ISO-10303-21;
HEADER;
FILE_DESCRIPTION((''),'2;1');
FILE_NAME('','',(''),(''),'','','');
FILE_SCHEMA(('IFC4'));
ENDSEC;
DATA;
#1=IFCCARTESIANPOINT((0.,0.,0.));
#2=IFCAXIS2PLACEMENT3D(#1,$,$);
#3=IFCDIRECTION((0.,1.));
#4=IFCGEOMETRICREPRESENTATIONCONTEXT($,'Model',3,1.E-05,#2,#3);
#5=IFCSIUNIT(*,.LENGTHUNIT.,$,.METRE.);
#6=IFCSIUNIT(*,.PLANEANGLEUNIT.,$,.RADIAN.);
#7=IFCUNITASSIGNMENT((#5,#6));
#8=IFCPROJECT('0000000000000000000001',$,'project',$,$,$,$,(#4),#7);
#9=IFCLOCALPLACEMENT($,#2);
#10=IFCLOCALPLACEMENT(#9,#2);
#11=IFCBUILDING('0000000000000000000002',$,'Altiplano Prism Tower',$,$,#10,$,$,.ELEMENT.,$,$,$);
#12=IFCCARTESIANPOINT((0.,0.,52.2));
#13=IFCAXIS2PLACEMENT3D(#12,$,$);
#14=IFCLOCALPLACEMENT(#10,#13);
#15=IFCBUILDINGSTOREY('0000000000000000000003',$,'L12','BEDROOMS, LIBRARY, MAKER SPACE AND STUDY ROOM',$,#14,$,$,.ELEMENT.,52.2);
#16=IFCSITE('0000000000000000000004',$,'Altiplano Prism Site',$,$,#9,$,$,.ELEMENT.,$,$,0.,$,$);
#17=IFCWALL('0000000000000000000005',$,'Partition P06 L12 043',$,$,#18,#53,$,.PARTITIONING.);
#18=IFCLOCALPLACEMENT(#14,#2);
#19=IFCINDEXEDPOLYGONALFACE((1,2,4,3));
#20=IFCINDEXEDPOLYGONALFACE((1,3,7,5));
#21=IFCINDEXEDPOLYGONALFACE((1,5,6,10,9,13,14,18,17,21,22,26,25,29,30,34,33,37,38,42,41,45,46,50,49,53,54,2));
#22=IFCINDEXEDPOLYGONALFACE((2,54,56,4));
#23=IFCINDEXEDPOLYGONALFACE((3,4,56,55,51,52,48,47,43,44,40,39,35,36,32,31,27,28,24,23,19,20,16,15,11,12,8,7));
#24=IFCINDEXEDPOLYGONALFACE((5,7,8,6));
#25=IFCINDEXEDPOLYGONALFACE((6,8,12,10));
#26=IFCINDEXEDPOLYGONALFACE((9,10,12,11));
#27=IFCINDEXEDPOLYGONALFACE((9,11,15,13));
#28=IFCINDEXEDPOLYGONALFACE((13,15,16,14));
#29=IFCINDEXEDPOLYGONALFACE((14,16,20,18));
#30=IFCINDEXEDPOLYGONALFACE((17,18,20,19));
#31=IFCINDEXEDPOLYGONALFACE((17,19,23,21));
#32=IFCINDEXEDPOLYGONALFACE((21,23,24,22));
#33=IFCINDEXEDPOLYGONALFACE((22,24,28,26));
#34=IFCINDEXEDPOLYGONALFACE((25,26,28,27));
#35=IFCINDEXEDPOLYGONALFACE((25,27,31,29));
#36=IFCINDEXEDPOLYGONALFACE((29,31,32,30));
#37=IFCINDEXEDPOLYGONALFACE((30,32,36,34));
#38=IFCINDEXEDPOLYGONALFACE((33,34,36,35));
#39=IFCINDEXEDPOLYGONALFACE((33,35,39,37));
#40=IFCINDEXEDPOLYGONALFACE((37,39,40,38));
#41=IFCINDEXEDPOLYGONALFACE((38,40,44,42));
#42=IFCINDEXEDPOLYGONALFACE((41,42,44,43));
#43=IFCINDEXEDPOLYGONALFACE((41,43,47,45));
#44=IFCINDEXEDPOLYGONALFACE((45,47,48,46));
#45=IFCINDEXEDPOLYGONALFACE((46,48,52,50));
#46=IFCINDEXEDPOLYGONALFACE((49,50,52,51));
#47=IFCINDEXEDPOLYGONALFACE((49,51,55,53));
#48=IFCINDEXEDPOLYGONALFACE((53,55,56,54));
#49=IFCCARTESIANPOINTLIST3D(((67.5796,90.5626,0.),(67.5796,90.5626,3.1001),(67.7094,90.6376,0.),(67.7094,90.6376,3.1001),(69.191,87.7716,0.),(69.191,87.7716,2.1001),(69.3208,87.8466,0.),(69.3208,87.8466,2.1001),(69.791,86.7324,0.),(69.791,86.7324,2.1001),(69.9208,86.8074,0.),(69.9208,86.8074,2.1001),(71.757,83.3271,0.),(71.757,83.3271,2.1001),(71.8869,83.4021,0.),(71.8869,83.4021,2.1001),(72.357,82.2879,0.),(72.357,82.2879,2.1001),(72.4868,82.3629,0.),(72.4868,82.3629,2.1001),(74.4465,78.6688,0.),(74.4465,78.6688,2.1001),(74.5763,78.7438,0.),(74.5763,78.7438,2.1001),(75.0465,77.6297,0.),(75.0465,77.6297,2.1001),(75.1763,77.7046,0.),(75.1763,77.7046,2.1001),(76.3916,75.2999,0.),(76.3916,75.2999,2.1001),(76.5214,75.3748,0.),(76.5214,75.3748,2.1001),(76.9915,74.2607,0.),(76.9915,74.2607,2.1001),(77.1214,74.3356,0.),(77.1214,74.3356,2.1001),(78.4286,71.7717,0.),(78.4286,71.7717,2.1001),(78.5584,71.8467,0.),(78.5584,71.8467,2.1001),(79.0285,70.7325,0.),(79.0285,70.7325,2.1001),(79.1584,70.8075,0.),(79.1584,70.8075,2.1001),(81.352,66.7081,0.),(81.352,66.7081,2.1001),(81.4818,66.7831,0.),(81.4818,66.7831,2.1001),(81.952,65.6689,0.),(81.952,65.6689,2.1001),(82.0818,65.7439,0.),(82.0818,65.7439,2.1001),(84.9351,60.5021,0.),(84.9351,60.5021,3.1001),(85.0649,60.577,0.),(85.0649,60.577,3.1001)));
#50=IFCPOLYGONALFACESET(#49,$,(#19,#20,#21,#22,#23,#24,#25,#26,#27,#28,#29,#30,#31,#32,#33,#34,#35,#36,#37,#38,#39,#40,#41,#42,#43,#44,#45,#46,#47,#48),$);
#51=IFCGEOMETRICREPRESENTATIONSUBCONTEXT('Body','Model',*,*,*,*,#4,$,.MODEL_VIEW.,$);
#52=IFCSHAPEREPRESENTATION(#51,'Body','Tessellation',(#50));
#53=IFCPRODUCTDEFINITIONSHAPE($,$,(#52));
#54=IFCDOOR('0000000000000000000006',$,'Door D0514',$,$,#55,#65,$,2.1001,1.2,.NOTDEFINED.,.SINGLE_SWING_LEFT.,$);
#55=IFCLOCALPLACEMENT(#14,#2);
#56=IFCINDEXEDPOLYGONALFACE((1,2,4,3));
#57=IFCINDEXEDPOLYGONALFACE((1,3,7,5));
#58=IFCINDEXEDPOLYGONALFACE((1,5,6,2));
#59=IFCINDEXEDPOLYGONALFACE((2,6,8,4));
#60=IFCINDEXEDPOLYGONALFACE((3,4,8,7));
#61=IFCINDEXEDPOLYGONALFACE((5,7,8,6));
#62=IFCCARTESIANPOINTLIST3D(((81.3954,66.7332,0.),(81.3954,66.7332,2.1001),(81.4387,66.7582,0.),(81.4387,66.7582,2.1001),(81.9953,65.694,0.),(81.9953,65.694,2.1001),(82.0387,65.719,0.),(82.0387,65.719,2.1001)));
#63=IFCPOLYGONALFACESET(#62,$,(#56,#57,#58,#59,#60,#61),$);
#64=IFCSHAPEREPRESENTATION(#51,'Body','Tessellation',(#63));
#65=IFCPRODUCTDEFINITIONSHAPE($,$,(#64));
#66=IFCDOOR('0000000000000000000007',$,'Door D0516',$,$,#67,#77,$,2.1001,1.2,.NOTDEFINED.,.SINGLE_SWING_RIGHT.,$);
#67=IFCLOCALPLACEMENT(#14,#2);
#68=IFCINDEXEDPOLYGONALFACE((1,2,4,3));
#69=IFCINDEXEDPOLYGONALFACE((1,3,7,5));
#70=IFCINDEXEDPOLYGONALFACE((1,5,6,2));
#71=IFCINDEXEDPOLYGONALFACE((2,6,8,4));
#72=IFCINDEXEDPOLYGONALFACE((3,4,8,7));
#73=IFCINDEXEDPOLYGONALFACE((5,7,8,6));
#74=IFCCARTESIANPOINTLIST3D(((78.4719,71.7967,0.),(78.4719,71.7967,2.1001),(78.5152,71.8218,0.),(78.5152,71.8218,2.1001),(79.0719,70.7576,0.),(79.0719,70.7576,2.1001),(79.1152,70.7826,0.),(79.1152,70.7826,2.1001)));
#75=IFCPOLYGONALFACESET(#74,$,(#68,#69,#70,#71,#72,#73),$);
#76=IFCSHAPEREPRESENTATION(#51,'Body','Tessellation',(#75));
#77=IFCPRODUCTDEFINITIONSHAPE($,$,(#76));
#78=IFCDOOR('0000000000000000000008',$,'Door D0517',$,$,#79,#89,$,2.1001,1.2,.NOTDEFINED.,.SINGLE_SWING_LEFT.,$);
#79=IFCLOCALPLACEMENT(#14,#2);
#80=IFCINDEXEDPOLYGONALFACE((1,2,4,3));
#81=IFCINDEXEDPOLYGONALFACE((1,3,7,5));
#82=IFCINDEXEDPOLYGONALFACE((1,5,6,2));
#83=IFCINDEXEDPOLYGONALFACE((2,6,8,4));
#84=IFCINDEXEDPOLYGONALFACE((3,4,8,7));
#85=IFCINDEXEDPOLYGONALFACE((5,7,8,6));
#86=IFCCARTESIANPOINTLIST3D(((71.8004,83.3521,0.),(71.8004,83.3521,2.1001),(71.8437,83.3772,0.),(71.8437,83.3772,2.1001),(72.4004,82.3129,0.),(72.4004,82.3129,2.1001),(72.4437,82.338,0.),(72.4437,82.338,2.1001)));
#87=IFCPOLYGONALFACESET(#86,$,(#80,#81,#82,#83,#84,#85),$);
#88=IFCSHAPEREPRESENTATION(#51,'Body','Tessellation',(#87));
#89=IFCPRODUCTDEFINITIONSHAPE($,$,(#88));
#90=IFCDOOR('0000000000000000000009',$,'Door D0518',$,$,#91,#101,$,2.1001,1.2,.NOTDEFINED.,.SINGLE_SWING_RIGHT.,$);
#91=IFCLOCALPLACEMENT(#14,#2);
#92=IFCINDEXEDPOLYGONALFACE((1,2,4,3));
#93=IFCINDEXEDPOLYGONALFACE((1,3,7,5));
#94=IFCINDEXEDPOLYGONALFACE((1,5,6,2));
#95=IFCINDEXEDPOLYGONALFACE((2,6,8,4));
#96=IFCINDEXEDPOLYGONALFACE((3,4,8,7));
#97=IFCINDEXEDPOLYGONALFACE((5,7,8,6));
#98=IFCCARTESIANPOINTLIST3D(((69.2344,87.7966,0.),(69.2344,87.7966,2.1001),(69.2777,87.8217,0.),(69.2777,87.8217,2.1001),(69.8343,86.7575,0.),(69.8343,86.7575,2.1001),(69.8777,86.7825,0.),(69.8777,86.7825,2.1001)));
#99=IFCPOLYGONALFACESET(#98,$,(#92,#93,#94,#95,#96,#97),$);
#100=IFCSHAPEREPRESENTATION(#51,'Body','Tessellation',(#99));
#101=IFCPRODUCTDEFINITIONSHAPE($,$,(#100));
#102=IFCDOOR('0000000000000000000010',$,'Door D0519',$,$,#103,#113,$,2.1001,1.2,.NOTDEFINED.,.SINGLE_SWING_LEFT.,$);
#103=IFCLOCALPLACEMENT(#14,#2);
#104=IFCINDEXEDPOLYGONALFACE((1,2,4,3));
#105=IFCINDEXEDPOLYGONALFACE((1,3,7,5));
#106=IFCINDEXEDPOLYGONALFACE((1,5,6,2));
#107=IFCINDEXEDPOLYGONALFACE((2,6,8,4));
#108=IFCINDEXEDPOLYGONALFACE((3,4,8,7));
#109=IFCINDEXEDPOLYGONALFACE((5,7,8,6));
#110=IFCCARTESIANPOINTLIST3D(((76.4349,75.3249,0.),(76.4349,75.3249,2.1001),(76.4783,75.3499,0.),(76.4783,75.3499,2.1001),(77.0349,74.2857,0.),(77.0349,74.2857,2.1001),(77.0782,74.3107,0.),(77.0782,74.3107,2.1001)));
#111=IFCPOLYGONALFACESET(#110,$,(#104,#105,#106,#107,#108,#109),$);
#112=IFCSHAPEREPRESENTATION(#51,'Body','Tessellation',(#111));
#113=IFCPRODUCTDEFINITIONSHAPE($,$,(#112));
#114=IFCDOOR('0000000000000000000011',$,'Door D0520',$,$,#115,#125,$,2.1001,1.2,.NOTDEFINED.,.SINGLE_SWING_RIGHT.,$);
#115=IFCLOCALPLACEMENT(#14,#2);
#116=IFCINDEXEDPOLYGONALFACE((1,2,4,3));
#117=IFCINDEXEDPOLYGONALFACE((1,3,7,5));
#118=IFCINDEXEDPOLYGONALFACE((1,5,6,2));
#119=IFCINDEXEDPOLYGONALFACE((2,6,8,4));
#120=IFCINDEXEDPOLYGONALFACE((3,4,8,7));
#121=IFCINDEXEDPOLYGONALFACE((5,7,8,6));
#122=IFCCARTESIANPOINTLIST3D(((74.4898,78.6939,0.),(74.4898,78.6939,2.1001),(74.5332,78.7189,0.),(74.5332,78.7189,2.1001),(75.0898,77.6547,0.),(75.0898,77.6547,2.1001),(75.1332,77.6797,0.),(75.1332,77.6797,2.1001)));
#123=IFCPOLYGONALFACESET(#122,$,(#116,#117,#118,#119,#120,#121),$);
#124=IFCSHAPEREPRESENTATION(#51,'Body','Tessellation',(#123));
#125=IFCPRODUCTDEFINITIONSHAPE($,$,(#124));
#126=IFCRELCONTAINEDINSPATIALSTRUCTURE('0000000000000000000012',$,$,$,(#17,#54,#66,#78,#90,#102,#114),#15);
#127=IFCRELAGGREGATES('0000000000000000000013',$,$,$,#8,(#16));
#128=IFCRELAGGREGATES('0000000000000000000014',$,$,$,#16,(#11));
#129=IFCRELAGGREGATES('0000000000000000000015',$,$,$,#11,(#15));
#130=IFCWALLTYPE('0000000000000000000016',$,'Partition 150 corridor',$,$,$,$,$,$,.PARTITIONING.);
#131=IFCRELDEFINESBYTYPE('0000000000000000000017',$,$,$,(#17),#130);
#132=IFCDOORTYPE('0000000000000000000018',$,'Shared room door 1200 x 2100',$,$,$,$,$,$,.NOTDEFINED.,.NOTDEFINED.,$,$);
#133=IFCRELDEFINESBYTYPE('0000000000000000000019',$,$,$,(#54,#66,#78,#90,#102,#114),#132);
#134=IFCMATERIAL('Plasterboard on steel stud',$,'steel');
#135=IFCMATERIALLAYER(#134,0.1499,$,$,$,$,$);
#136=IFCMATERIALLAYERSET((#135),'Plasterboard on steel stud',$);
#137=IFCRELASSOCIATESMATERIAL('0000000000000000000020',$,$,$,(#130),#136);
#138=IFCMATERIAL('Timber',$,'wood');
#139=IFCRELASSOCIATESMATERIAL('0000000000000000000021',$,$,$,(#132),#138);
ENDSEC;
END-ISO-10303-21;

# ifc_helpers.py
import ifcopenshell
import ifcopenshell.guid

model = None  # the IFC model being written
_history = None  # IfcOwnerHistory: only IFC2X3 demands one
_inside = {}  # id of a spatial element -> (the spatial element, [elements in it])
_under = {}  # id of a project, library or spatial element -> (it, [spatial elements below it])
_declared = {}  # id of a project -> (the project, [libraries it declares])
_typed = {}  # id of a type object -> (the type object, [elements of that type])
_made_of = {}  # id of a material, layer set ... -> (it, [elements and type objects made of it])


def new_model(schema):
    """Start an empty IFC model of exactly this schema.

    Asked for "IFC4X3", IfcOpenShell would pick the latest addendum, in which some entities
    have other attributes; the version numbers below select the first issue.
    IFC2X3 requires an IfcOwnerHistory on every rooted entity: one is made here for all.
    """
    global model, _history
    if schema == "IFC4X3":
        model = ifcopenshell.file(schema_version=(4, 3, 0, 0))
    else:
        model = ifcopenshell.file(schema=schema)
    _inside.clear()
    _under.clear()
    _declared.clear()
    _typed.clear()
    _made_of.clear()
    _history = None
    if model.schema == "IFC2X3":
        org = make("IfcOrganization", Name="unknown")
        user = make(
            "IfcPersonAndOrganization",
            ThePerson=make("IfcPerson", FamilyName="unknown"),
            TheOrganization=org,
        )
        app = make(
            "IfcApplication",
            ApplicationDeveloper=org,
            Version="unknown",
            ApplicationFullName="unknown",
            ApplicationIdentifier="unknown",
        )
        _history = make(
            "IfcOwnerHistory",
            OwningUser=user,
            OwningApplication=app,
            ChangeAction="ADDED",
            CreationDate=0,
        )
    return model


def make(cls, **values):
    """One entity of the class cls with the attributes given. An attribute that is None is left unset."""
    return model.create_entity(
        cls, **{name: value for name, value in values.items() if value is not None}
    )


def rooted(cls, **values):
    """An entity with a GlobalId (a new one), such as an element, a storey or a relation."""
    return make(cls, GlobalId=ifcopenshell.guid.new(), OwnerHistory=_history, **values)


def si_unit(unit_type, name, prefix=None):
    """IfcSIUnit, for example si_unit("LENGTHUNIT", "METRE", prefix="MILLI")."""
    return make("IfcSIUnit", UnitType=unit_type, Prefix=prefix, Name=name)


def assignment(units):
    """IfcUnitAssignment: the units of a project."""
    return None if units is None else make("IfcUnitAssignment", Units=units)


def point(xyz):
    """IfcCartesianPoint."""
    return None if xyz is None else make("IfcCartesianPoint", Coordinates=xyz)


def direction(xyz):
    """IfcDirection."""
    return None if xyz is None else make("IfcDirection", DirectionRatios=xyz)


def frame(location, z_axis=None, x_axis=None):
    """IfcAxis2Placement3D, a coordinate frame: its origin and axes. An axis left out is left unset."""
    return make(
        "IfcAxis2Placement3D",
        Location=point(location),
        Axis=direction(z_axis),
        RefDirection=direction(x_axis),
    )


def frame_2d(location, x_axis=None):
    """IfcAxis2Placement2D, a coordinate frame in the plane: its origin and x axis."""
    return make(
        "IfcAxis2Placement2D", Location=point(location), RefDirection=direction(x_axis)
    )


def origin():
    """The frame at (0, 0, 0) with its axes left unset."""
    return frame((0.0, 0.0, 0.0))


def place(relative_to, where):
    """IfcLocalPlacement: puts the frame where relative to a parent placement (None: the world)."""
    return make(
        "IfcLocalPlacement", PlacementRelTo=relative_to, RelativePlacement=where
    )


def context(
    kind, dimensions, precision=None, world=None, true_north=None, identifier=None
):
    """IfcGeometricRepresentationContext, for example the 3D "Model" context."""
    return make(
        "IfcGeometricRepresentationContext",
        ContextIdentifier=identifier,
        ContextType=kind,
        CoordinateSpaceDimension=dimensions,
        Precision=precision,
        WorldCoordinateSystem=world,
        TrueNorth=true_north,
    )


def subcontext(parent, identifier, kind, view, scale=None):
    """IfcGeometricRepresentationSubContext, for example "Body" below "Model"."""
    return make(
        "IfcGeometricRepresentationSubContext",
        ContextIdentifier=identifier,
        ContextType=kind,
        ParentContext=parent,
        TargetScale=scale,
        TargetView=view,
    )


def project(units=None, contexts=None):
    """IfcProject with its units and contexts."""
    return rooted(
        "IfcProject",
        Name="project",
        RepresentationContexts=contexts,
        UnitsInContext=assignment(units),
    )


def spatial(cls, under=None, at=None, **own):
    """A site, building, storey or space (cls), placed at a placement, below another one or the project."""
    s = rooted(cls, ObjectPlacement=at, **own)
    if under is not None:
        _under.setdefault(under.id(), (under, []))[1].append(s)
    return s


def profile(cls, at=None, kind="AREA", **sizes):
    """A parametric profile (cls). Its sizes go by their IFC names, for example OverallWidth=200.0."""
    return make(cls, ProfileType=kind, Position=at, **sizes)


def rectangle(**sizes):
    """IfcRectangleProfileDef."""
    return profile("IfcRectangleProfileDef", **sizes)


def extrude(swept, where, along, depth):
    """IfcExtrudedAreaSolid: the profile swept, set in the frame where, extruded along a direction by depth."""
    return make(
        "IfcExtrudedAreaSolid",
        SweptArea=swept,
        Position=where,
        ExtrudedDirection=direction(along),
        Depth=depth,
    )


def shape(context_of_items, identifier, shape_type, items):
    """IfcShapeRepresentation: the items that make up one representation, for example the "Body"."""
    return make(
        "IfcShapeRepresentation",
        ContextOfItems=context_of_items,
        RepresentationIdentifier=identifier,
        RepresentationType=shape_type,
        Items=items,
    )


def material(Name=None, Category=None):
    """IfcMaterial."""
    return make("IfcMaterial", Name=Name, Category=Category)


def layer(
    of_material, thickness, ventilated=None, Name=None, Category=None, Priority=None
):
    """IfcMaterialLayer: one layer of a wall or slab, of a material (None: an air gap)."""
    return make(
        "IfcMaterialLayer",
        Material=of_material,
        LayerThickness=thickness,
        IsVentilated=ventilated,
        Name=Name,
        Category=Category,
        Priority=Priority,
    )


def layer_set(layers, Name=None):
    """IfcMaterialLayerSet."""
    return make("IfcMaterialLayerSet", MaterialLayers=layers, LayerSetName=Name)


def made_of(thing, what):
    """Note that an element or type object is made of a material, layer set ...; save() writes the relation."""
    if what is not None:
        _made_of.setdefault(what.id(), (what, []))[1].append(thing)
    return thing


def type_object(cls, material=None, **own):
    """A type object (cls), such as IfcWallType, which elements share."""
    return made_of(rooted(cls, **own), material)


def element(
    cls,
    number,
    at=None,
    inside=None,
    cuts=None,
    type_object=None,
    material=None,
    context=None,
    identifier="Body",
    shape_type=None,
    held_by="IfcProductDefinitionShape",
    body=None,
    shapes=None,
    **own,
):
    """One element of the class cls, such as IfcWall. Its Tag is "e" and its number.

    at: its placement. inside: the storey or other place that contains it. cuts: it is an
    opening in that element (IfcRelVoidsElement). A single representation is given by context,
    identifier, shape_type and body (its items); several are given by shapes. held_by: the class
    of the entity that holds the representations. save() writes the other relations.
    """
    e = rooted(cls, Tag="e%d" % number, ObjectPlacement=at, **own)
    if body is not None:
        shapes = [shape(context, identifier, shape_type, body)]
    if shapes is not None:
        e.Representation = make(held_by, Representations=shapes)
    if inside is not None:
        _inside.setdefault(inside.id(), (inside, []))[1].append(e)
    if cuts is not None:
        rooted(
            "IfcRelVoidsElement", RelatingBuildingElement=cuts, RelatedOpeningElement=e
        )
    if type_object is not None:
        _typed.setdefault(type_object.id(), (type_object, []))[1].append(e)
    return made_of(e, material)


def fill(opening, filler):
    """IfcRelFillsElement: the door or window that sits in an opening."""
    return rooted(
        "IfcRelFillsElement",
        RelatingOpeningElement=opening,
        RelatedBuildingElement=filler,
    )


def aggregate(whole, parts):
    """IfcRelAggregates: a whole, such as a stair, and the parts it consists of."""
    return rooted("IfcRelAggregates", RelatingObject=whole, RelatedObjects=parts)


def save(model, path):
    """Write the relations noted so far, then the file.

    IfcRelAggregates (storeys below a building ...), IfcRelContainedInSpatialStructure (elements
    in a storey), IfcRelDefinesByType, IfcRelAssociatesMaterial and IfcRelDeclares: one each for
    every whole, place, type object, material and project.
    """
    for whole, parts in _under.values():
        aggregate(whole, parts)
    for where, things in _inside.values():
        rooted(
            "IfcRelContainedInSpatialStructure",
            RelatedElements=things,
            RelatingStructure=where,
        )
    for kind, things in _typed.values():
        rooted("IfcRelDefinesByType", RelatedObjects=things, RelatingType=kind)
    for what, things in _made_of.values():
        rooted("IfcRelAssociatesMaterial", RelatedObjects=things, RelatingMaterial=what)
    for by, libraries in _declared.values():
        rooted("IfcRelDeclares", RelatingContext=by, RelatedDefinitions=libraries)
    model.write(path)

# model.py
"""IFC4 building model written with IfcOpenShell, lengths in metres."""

from ifc_helpers import new_model, si_unit, direction, frame, frame_2d, origin, place, context, subcontext, project, spatial, rectangle, extrude, material, layer, layer_set, type_object, element, fill, save


model = new_model("IFC4")

# Units and contexts
model_context = context("Model", 3, precision=1e-05, world=origin(), true_north=direction((0.0, 1.0)))
body_context = subcontext(model_context, "Body", "Model", "MODEL_VIEW")
ifc_project = project(units=[si_unit("LENGTHUNIT", "METRE"), si_unit("PLANEANGLEUNIT", "RADIAN")], contexts=[model_context])

# Site, building, storey
site_placement = place(None, origin())
site = spatial("IfcSite", under=ifc_project, at=site_placement, Name="Altiplano Prism Site", CompositionType="ELEMENT", RefElevation=0.0)
building_placement = place(site_placement, origin())
building = spatial("IfcBuilding", under=site, at=building_placement, Name="Altiplano Prism Tower", CompositionType="ELEMENT")
storey_placement = place(building_placement, frame((0.0, 0.0, 52.2)))
storey = spatial("IfcBuildingStorey", under=building, at=storey_placement, Name="L12", Description="BEDROOMS, LIBRARY, MAKER SPACE AND STUDY ROOM", CompositionType="ELEMENT", Elevation=52.2)

# Shared definitions
ifc_material_1 = material(Name="Plasterboard on steel stud", Category="steel")
ifc_material_2 = material(Name="Timber", Category="wood")

# Shared definitions
ifc_layer_1 = layer(ifc_material_1, 0.1499)
ifc_layer_set_1 = layer_set([ifc_layer_1], Name="Plasterboard on steel stud")
wall_type_1 = type_object("IfcWallType", Name="Partition 150 corridor", PredefinedType="PARTITIONING", material=ifc_layer_set_1)

# Shared definitions
door_type_1 = type_object("IfcDoorType", Name="Shared room door 1200 x 2100", OperationType="NOTDEFINED", PredefinedType="NOTDEFINED", material=ifc_material_2)

# Wall, openings, doors
wall_1_placement = place(storey_placement, frame((85.0, 60.5396, 0.0), z_axis=(0.0, 0.0, 1.0), x_axis=(-0.5, 0.866025, 0.0)))
wall_1 = element("IfcWall", 1, at=wall_1_placement, inside=storey, type_object=wall_type_1, Name="Partition P06 L12 043", PredefinedType="PARTITIONING", context=body_context, shape_type="SweptSolid", body=[
    extrude(rectangle(XDim=34.7109, YDim=0.1499, at=frame_2d((17.3555, 0.0))), origin(), (0.0, 0.0, 1.0), 3.1001),
])
opening_1_placement = place(wall_1_placement, frame((5.9661, 0.0, 0.0)))
opening_1 = element("IfcOpeningElement", 2, at=opening_1_placement, cuts=wall_1, PredefinedType="OPENING", context=body_context, shape_type="SweptSolid", body=[
    extrude(rectangle(XDim=1.2, YDim=2.1001, at=frame_2d((0.6001, 1.05))), frame((0.0, 0.0854, 0.0), z_axis=(0.0, -1.0, 0.0), x_axis=(1.0, 0.0, 0.0)), (0.0, 0.0, 1.0), 0.1709),
])
opening_2_placement = place(wall_1_placement, frame((11.813, 0.0, 0.0)))
opening_2 = element("IfcOpeningElement", 3, at=opening_2_placement, cuts=wall_1, PredefinedType="OPENING", context=body_context, shape_type="SweptSolid", body=[
    extrude(rectangle(XDim=1.2, YDim=2.1001, at=frame_2d((0.6001, 1.05))), frame((0.0, 0.0854, 0.0), z_axis=(0.0, -1.0, 0.0), x_axis=(1.0, 0.0, 0.0)), (0.0, 0.0, 1.0), 0.1709),
])
opening_3_placement = place(wall_1_placement, frame((25.156, 0.0, 0.0)))
opening_3 = element("IfcOpeningElement", 4, at=opening_3_placement, cuts=wall_1, PredefinedType="OPENING", context=body_context, shape_type="SweptSolid", body=[
    extrude(rectangle(XDim=1.2, YDim=2.1001, at=frame_2d((0.6001, 1.05))), frame((0.0, 0.0854, 0.0), z_axis=(0.0, -1.0, 0.0), x_axis=(1.0, 0.0, 0.0)), (0.0, 0.0, 1.0), 0.1709),
])
opening_4_placement = place(wall_1_placement, frame((30.2881, 0.0, 0.0)))
opening_4 = element("IfcOpeningElement", 5, at=opening_4_placement, cuts=wall_1, PredefinedType="OPENING", context=body_context, shape_type="SweptSolid", body=[
    extrude(rectangle(XDim=1.2, YDim=2.1001, at=frame_2d((0.6001, 1.05))), frame((0.0, 0.0854, 0.0), z_axis=(0.0, -1.0, 0.0), x_axis=(1.0, 0.0, 0.0)), (0.0, 0.0, 1.0), 0.1709),
])
opening_5_placement = place(wall_1_placement, frame((15.887, 0.0, 0.0)))
opening_5 = element("IfcOpeningElement", 6, at=opening_5_placement, cuts=wall_1, PredefinedType="OPENING", context=body_context, shape_type="SweptSolid", body=[
    extrude(rectangle(XDim=1.2, YDim=2.1001, at=frame_2d((0.6001, 1.05))), frame((0.0, 0.0854, 0.0), z_axis=(0.0, -1.0, 0.0), x_axis=(1.0, 0.0, 0.0)), (0.0, 0.0, 1.0), 0.1709),
])
opening_6_placement = place(wall_1_placement, frame((19.7771, 0.0, 0.0)))
opening_6 = element("IfcOpeningElement", 7, at=opening_6_placement, cuts=wall_1, PredefinedType="OPENING", context=body_context, shape_type="SweptSolid", body=[
    extrude(rectangle(XDim=1.2, YDim=2.1001, at=frame_2d((0.6001, 1.05))), frame((0.0, 0.0854, 0.0), z_axis=(0.0, -1.0, 0.0), x_axis=(1.0, 0.0, 0.0)), (0.0, 0.0, 1.0), 0.1709),
])
door_1_placement = place(opening_1_placement, origin())
door_1 = element("IfcDoor", 8, at=door_1_placement, inside=storey, type_object=door_type_1, Name="Door D0514", OperationType="SINGLE_SWING_LEFT", OverallHeight=2.1001, OverallWidth=1.2, PredefinedType="NOTDEFINED", context=body_context, shape_type="SweptSolid", body=[
    extrude(rectangle(XDim=1.2, YDim=2.1001, at=frame_2d((0.6001, 1.05))), frame((0.0, 0.0249, 0.0), z_axis=(0.0, -1.0, 0.0), x_axis=(1.0, 0.0, 0.0)), (0.0, 0.0, 1.0), 0.05),
])
fill(opening_1, door_1)
door_2_placement = place(opening_2_placement, origin())
door_2 = element("IfcDoor", 9, at=door_2_placement, inside=storey, type_object=door_type_1, Name="Door D0516", OperationType="SINGLE_SWING_RIGHT", OverallHeight=2.1001, OverallWidth=1.2, PredefinedType="NOTDEFINED", context=body_context, shape_type="SweptSolid", body=[
    extrude(rectangle(XDim=1.2, YDim=2.1001, at=frame_2d((0.6001, 1.05))), frame((0.0, 0.0249, 0.0), z_axis=(0.0, -1.0, 0.0), x_axis=(1.0, 0.0, 0.0)), (0.0, 0.0, 1.0), 0.05),
])
fill(opening_2, door_2)
door_3_placement = place(opening_3_placement, origin())
door_3 = element("IfcDoor", 10, at=door_3_placement, inside=storey, type_object=door_type_1, Name="Door D0517", OperationType="SINGLE_SWING_LEFT", OverallHeight=2.1001, OverallWidth=1.2, PredefinedType="NOTDEFINED", context=body_context, shape_type="SweptSolid", body=[
    extrude(rectangle(XDim=1.2, YDim=2.1001, at=frame_2d((0.6001, 1.05))), frame((0.0, 0.0249, 0.0), z_axis=(0.0, -1.0, 0.0), x_axis=(1.0, 0.0, 0.0)), (0.0, 0.0, 1.0), 0.05),
])
fill(opening_3, door_3)
door_4_placement = place(opening_4_placement, origin())
door_4 = element("IfcDoor", 11, at=door_4_placement, inside=storey, type_object=door_type_1, Name="Door D0518", OperationType="SINGLE_SWING_RIGHT", OverallHeight=2.1001, OverallWidth=1.2, PredefinedType="NOTDEFINED", context=body_context, shape_type="SweptSolid", body=[
    extrude(rectangle(XDim=1.2, YDim=2.1001, at=frame_2d((0.6001, 1.05))), frame((0.0, 0.0249, 0.0), z_axis=(0.0, -1.0, 0.0), x_axis=(1.0, 0.0, 0.0)), (0.0, 0.0, 1.0), 0.05),
])
fill(opening_4, door_4)
door_5_placement = place(opening_5_placement, origin())
door_5 = element("IfcDoor", 12, at=door_5_placement, inside=storey, type_object=door_type_1, Name="Door D0519", OperationType="SINGLE_SWING_LEFT", OverallHeight=2.1001, OverallWidth=1.2, PredefinedType="NOTDEFINED", context=body_context, shape_type="SweptSolid", body=[
    extrude(rectangle(XDim=1.2, YDim=2.1001, at=frame_2d((0.6001, 1.05))), frame((0.0, 0.0249, 0.0), z_axis=(0.0, -1.0, 0.0), x_axis=(1.0, 0.0, 0.0)), (0.0, 0.0, 1.0), 0.05),
])
fill(opening_5, door_5)
door_6_placement = place(opening_6_placement, origin())
door_6 = element("IfcDoor", 13, at=door_6_placement, inside=storey, type_object=door_type_1, Name="Door D0520", OperationType="SINGLE_SWING_RIGHT", OverallHeight=2.1001, OverallWidth=1.2, PredefinedType="NOTDEFINED", context=body_context, shape_type="SweptSolid", body=[
    extrude(rectangle(XDim=1.2, YDim=2.1001, at=frame_2d((0.6001, 1.05))), frame((0.0, 0.0249, 0.0), z_axis=(0.0, -1.0, 0.0), x_axis=(1.0, 0.0, 0.0)), (0.0, 0.0, 1.0), 0.05),
])
fill(opening_6, door_6)

save(model, "model.ifc")
